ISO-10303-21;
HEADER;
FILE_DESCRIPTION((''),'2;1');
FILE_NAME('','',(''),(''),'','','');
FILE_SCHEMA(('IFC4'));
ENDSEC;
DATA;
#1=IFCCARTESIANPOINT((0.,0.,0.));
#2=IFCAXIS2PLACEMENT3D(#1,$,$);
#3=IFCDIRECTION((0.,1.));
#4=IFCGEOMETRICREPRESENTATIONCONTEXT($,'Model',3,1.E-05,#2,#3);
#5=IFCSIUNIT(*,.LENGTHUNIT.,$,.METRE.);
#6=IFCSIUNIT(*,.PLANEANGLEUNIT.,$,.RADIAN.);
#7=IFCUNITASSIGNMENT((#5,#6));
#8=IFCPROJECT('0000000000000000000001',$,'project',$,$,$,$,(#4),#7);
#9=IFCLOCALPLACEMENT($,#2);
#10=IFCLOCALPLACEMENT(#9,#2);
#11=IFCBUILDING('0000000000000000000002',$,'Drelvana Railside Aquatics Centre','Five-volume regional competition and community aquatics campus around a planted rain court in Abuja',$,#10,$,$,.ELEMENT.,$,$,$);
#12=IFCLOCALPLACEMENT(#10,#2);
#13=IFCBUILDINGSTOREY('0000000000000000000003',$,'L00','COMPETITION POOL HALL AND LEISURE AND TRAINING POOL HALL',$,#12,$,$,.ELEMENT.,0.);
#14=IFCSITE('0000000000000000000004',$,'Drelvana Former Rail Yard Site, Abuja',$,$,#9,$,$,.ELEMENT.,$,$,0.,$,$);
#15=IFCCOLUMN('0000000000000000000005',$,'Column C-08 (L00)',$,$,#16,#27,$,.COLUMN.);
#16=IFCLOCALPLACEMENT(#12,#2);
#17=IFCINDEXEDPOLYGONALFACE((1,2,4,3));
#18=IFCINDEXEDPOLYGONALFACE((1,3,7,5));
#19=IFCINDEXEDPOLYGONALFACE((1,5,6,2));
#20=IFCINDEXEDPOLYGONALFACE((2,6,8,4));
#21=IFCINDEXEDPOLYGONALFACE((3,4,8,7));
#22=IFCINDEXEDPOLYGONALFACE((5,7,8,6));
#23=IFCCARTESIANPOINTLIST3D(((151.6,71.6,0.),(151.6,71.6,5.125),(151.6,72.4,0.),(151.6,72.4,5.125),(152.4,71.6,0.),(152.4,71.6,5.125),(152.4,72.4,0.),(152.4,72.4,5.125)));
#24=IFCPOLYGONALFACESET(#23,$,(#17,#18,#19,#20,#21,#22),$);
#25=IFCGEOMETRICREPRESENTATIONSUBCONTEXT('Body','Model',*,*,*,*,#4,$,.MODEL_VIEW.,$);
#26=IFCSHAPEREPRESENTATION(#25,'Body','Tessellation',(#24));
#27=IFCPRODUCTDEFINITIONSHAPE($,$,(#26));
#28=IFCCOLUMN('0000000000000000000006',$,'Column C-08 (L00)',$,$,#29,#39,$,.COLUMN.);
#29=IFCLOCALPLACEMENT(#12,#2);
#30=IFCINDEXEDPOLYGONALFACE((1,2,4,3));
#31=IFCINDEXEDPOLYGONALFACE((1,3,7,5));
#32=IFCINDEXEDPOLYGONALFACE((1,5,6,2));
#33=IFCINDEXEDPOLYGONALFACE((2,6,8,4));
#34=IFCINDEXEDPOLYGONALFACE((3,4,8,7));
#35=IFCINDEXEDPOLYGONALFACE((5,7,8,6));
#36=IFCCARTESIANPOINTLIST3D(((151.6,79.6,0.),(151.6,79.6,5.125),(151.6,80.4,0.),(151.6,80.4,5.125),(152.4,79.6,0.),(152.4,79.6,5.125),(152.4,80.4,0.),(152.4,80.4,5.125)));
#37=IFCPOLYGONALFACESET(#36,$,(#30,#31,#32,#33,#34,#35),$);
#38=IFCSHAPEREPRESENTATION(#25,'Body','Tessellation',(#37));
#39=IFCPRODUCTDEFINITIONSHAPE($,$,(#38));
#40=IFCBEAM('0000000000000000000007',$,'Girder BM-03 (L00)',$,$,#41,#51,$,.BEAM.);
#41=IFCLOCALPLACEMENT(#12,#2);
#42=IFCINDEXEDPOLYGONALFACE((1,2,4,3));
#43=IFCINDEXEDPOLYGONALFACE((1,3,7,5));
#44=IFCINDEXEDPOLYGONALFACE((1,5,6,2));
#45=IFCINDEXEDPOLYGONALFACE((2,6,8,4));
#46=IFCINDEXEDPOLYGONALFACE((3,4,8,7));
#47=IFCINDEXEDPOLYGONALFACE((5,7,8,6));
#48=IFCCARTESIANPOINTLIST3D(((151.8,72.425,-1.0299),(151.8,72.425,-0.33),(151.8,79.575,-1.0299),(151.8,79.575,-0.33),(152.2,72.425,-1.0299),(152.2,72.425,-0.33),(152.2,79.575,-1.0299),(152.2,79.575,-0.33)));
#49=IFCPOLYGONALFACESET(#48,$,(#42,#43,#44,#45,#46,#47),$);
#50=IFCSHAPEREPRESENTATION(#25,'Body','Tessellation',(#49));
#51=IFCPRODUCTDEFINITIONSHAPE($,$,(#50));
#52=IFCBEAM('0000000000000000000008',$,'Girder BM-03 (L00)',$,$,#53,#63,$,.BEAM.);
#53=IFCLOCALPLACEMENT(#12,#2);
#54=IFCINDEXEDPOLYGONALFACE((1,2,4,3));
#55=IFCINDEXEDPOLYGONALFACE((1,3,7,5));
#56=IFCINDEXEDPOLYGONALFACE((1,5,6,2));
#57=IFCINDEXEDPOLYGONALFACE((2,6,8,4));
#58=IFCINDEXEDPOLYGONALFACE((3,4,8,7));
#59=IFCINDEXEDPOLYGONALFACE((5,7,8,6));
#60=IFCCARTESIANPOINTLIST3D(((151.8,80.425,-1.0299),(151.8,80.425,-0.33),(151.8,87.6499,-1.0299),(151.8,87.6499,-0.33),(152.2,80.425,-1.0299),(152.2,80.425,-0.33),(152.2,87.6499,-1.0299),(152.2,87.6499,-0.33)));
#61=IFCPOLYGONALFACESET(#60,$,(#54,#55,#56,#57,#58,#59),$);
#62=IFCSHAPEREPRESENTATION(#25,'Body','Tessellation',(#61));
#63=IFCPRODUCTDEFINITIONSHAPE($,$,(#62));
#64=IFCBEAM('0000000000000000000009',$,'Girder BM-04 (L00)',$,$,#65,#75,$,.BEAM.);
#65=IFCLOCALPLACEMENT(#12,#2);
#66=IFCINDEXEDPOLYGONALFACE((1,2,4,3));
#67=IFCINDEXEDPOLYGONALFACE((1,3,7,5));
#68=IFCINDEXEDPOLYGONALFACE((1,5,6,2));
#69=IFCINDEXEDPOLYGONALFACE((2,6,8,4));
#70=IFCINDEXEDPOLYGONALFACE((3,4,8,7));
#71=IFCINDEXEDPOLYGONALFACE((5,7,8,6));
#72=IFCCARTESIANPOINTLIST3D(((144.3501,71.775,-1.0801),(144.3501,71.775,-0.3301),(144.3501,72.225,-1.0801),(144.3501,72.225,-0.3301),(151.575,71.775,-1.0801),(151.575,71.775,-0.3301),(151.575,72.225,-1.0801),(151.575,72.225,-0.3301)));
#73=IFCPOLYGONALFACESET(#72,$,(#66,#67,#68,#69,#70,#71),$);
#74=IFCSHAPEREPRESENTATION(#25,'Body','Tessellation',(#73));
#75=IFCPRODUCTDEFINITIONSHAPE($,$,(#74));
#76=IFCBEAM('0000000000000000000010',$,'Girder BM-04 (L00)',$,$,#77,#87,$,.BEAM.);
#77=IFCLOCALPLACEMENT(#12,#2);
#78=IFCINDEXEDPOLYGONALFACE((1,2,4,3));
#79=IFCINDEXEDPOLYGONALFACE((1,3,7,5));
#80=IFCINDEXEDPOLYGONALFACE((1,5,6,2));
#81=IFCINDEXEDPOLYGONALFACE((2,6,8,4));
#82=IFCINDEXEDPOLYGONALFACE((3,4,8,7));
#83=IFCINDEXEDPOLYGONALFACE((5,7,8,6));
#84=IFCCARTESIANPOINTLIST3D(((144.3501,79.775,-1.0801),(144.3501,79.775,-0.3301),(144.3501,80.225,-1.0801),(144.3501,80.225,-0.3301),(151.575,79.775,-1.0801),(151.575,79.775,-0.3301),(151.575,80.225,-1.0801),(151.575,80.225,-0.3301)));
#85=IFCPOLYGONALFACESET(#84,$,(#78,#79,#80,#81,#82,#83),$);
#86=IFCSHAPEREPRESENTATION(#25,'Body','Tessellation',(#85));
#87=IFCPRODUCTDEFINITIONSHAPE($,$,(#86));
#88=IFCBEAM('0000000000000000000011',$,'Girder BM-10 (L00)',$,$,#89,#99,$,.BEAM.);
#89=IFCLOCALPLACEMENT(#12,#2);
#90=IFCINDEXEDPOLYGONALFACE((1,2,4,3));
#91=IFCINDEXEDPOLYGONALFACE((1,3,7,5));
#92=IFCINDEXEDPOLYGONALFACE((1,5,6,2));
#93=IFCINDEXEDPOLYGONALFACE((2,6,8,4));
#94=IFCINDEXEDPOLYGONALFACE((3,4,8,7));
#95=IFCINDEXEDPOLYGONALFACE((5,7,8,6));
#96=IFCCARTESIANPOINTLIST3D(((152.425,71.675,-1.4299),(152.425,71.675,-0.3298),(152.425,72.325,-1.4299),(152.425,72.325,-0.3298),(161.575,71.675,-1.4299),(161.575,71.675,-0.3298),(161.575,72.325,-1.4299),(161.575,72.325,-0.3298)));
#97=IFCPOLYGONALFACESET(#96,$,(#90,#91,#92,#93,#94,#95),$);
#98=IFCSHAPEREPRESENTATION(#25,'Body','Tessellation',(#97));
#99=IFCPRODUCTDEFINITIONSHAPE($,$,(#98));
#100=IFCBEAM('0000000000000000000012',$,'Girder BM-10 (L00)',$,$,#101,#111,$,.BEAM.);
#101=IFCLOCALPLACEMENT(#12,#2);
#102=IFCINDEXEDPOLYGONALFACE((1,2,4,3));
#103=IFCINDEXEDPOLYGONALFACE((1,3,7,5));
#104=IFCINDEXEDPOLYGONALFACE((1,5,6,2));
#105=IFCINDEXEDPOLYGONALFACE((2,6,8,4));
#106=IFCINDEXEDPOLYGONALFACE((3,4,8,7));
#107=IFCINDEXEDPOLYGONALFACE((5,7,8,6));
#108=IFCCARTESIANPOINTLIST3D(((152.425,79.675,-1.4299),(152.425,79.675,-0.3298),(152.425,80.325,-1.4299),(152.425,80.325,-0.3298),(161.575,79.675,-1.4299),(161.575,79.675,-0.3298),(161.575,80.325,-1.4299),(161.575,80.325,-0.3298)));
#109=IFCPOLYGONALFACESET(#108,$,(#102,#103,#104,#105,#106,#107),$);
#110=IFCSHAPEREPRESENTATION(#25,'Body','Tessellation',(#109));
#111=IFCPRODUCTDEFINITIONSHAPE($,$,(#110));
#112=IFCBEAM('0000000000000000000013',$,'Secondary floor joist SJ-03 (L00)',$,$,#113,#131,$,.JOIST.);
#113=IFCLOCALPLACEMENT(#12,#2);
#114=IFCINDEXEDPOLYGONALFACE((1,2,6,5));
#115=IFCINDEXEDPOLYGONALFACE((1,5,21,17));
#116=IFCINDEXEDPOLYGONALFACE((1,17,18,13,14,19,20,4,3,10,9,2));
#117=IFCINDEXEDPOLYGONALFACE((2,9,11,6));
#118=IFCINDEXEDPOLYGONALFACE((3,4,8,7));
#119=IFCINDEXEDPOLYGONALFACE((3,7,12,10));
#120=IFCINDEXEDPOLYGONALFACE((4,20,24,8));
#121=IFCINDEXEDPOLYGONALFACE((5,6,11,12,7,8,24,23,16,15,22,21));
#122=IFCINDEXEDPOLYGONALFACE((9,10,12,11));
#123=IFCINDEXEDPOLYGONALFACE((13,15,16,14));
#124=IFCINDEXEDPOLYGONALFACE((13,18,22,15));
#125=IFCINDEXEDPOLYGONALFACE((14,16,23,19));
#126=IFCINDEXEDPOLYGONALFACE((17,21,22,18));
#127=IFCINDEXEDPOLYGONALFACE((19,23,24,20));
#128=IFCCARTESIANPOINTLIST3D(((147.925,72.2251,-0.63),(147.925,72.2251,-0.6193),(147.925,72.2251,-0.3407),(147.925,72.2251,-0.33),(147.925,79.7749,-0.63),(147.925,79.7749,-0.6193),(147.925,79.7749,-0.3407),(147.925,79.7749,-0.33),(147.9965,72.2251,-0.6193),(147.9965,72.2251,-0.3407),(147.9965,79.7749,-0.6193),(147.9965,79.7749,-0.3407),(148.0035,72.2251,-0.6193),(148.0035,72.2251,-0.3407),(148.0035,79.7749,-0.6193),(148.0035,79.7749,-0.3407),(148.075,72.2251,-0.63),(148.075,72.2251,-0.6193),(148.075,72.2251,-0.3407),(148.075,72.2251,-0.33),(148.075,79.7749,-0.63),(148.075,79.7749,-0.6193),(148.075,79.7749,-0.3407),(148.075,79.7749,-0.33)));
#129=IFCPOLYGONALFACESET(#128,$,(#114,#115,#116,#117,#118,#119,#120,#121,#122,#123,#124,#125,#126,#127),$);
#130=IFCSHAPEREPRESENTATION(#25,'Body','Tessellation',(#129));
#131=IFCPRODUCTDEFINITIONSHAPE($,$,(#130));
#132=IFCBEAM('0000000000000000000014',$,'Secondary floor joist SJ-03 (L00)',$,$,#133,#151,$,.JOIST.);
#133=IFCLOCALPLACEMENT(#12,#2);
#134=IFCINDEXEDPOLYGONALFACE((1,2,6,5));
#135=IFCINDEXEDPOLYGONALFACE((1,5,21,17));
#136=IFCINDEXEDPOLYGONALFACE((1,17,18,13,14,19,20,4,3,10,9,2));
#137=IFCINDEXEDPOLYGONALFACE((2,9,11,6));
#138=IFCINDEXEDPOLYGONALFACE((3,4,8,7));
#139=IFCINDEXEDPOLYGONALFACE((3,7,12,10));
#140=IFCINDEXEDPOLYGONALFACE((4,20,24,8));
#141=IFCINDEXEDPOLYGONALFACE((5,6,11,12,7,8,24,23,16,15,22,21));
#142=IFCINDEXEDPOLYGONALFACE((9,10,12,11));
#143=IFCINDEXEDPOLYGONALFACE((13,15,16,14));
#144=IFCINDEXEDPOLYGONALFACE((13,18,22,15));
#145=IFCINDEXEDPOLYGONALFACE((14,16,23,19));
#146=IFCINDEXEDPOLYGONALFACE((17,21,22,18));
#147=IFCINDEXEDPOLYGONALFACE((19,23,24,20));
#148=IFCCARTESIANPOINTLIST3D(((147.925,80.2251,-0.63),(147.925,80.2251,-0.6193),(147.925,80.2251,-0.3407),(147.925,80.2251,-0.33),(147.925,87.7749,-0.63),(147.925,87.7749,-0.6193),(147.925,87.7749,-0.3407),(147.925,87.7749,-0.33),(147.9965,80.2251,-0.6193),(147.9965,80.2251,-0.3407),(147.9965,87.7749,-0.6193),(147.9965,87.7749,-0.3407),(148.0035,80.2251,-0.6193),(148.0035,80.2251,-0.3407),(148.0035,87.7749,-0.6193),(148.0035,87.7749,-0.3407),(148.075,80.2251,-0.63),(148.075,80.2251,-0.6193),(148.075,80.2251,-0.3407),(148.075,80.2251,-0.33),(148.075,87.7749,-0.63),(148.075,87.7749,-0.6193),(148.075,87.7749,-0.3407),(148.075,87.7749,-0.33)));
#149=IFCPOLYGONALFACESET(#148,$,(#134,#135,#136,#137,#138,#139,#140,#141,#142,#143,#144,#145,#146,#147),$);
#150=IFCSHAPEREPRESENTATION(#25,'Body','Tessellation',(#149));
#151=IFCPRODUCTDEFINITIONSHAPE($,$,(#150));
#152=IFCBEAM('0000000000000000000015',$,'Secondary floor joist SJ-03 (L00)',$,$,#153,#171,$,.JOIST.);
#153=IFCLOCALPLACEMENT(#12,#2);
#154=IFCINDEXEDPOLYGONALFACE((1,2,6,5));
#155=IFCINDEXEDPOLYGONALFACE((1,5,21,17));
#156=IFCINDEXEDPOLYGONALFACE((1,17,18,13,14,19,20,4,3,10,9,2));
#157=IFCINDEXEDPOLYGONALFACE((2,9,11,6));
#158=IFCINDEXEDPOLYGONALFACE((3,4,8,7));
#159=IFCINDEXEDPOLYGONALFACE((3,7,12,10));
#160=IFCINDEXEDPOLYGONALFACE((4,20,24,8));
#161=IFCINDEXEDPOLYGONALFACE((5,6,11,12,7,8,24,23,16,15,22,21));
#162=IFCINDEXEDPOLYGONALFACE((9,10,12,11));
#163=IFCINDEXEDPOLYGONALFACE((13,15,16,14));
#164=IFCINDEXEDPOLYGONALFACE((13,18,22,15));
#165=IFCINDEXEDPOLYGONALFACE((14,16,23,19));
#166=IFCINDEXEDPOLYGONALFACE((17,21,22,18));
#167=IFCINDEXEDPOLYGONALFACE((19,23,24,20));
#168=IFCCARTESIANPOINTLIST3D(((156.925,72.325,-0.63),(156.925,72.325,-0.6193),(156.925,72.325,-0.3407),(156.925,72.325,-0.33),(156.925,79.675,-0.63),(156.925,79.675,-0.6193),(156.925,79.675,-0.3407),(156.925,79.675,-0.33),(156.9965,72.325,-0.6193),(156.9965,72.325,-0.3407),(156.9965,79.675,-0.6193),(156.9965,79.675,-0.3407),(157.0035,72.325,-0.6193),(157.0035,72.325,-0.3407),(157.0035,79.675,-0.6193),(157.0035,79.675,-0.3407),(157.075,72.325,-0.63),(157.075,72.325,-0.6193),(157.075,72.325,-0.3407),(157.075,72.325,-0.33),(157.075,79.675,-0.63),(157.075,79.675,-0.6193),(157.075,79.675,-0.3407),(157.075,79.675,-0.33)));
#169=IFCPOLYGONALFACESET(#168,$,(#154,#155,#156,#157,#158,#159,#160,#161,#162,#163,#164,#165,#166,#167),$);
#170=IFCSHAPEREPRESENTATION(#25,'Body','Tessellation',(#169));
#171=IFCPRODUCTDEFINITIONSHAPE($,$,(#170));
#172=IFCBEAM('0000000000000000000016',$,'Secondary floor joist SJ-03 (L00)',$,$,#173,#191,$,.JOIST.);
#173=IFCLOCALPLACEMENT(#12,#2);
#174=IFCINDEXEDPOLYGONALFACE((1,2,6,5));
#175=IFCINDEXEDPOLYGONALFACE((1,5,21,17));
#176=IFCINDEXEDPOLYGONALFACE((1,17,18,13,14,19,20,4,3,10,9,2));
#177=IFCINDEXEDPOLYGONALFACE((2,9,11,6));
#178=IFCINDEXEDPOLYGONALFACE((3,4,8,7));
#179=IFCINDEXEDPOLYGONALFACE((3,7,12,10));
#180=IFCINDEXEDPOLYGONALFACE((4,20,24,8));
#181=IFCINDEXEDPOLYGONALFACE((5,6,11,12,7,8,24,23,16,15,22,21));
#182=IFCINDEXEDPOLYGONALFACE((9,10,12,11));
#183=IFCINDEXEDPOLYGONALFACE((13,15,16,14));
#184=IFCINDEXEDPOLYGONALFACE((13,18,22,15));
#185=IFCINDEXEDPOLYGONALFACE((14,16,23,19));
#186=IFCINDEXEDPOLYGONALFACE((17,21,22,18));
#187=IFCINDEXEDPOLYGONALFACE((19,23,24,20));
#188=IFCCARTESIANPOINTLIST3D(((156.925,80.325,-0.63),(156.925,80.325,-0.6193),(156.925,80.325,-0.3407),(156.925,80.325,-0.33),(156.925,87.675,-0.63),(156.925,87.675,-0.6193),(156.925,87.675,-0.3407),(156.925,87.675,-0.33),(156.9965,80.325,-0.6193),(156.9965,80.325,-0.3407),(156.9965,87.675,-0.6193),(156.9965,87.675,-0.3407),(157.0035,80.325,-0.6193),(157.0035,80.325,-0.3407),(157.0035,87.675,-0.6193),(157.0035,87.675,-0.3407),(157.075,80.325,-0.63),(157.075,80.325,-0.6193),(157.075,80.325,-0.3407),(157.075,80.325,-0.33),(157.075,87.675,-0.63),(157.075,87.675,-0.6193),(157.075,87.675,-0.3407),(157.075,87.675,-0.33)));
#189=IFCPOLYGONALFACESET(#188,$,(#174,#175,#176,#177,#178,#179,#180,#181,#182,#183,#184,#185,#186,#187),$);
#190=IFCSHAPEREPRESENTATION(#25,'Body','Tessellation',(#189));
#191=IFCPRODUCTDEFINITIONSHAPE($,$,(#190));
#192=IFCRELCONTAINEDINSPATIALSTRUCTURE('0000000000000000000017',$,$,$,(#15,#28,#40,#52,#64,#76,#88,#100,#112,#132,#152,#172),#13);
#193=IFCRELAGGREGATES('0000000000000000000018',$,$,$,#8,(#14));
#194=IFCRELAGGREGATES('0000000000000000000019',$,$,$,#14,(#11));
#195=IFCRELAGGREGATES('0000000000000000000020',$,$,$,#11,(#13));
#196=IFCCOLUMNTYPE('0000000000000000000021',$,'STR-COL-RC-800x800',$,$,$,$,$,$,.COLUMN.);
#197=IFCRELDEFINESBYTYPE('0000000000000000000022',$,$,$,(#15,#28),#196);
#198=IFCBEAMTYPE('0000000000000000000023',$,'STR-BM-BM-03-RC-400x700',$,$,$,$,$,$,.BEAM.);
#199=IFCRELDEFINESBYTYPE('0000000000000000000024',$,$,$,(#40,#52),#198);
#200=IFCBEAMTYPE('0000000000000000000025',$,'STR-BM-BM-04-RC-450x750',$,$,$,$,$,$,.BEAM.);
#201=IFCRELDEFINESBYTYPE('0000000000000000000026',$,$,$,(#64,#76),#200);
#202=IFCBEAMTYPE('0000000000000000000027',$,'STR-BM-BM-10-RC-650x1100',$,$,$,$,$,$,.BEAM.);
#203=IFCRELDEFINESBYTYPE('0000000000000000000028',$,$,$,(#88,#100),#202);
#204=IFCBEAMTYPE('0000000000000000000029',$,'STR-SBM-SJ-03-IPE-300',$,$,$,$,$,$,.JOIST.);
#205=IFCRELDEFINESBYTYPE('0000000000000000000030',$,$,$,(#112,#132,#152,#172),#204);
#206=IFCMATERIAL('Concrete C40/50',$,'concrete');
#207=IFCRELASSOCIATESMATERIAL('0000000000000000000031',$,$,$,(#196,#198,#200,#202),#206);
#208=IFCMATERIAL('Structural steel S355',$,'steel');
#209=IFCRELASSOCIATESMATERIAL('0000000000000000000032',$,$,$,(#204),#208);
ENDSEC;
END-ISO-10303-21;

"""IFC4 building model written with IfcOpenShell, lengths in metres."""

from ifc_helpers import new_model, si_unit, direction, frame, origin, origin_2d, place, context, subcontext, project, spatial, rectangle, i_section, extrude, material, material_profile, profile_set, type_object, element, save


model = new_model("IFC4")

# Units and contexts
model_context = context("Model", 3, precision=1e-05, world=origin(), true_north=direction((0.0, 1.0)))
body_context = subcontext(model_context, "Body", "Model", "MODEL_VIEW")
ifc_project = project(units=[si_unit("LENGTHUNIT", "METRE"), si_unit("PLANEANGLEUNIT", "RADIAN")], contexts=[model_context])

# Site, building, storey
site_placement = place(None, origin())
site = spatial("IfcSite", under=ifc_project, at=site_placement, Name="Drelvana Former Rail Yard Site, Abuja", CompositionType="ELEMENT", RefElevation=0.0)
building_placement = place(site_placement, origin())
building = spatial("IfcBuilding", under=site, at=building_placement, Name="Drelvana Railside Aquatics Centre", Description="Five-volume regional competition and community aquatics campus around a planted rain court in Abuja", CompositionType="ELEMENT")
storey_placement = place(building_placement, origin())
storey = spatial("IfcBuildingStorey", under=building, at=storey_placement, Name="L00", Description="COMPETITION POOL HALL AND LEISURE AND TRAINING POOL HALL", CompositionType="ELEMENT", Elevation=0.0)

# Columns
ifc_material_1 = material(Name="Concrete C40/50", Category="concrete")
ifc_material_profile_1 = material_profile(ifc_material_1, rectangle(XDim=0.8, YDim=0.8, at=origin_2d()), Name="RC 800x800")
ifc_profile_set_1 = profile_set([ifc_material_profile_1], Name="Concrete C40/50")
column_type = type_object("IfcColumnType", Name="STR-COL-RC-800x800", PredefinedType="COLUMN", material=ifc_profile_set_1)
for number, where, z_axis, x_axis, name in (
    (1, (152.0, 72.0, 0.0), (0.0, 0.0, 1.0), (1.0, 0.0, 0.0), "Column C-08 (L00)"),
    (2, (152.0, 80.0, 0.0), (0.0, 0.0, 1.0), (1.0, 0.0, 0.0), "Column C-08 (L00)"),
):
    element("IfcColumn", number, at=place(storey_placement, frame(where, z_axis=z_axis, x_axis=x_axis)), inside=storey, type_object=column_type, Name=name, PredefinedType="COLUMN", context=body_context, shape_type="SweptSolid", body=[
        extrude(rectangle(XDim=0.8, YDim=0.8, at=origin_2d()), origin(), (0.0, 0.0, 1.0), 5.125),
    ])

# Beams
ifc_material_profile_2 = material_profile(ifc_material_1, rectangle(XDim=0.3999, YDim=0.7, at=origin_2d()), Name="RC 400x700")
ifc_profile_set_2 = profile_set([ifc_material_profile_2], Name="Concrete C40/50")
beam_type_1 = type_object("IfcBeamType", Name="STR-BM-BM-03-RC-400x700", PredefinedType="BEAM", material=ifc_profile_set_2)
beam_1_placement = place(storey_placement, frame((152.0, 72.425, -0.6799), z_axis=(0.0, 1.0, 0.0), x_axis=(-1.0, 0.0, 0.0)))
element("IfcBeam", 3, at=beam_1_placement, inside=storey, type_object=beam_type_1, Name="Girder BM-03 (L00)", PredefinedType="BEAM", context=body_context, shape_type="SweptSolid", body=[
    extrude(rectangle(XDim=0.3999, YDim=0.7, at=origin_2d()), origin(), (0.0, 0.0, 1.0), 7.1499),
])
beam_2_placement = place(storey_placement, frame((152.0, 80.425, -0.6799), z_axis=(0.0, 1.0, 0.0), x_axis=(-1.0, 0.0, 0.0)))
element("IfcBeam", 4, at=beam_2_placement, inside=storey, type_object=beam_type_1, Name="Girder BM-03 (L00)", PredefinedType="BEAM", context=body_context, shape_type="SweptSolid", body=[
    extrude(rectangle(XDim=0.3999, YDim=0.7, at=origin_2d()), origin(), (0.0, 0.0, 1.0), 7.2249),
])
ifc_material_profile_3 = material_profile(ifc_material_1, rectangle(XDim=0.45, YDim=0.75, at=origin_2d()), Name="RC 450x750")
ifc_profile_set_3 = profile_set([ifc_material_profile_3], Name="Concrete C40/50")
beam_type_2 = type_object("IfcBeamType", Name="STR-BM-BM-04-RC-450x750", PredefinedType="BEAM", material=ifc_profile_set_3)
for number, where, z_axis, x_axis, name in (
    (5, (144.3501, 72.0, -0.7051), (1.0, 0.0, 0.0), (0.0, 1.0, 0.0), "Girder BM-04 (L00)"),
    (6, (144.3501, 80.0, -0.7051), (1.0, 0.0, 0.0), (0.0, 1.0, 0.0), "Girder BM-04 (L00)"),
):
    element("IfcBeam", number, at=place(storey_placement, frame(where, z_axis=z_axis, x_axis=x_axis)), inside=storey, type_object=beam_type_2, Name=name, PredefinedType="BEAM", context=body_context, shape_type="SweptSolid", body=[
        extrude(rectangle(XDim=0.45, YDim=0.75, at=origin_2d()), origin(), (0.0, 0.0, 1.0), 7.2249),
    ])
ifc_material_profile_4 = material_profile(ifc_material_1, rectangle(XDim=0.6499, YDim=1.1001, at=origin_2d()), Name="RC 650x1100")
ifc_profile_set_4 = profile_set([ifc_material_profile_4], Name="Concrete C40/50")
beam_type_3 = type_object("IfcBeamType", Name="STR-BM-BM-10-RC-650x1100", PredefinedType="BEAM", material=ifc_profile_set_4)
for number, where, z_axis, x_axis, name in (
    (7, (152.425, 72.0, -0.8799), (1.0, 0.0, 0.0), (0.0, 1.0, 0.0), "Girder BM-10 (L00)"),
    (8, (152.425, 80.0, -0.8799), (1.0, 0.0, 0.0), (0.0, 1.0, 0.0), "Girder BM-10 (L00)"),
):
    element("IfcBeam", number, at=place(storey_placement, frame(where, z_axis=z_axis, x_axis=x_axis)), inside=storey, type_object=beam_type_3, Name=name, PredefinedType="BEAM", context=body_context, shape_type="SweptSolid", body=[
        extrude(rectangle(XDim=0.6499, YDim=1.1001, at=origin_2d()), origin(), (0.0, 0.0, 1.0), 9.1499),
    ])
ifc_material_2 = material(Name="Structural steel S355", Category="steel")
ifc_material_profile_5 = material_profile(ifc_material_2, i_section(OverallWidth=0.1499, OverallDepth=0.3, WebThickness=0.0071, FlangeThickness=0.0107, at=origin_2d()), Name="IPE 300")
ifc_profile_set_5 = profile_set([ifc_material_profile_5], Name="Structural steel S355")
beam_type_4 = type_object("IfcBeamType", Name="STR-SBM-SJ-03-IPE-300", PredefinedType="JOIST", material=ifc_profile_set_5)
for number, where, z_axis, x_axis, name in (
    (9, (148.0, 72.2251, -0.48), (0.0, 1.0, 0.0), (-1.0, 0.0, 0.0), "Secondary floor joist SJ-03 (L00)"),
    (10, (148.0, 80.2251, -0.48), (0.0, 1.0, 0.0), (-1.0, 0.0, 0.0), "Secondary floor joist SJ-03 (L00)"),
):
    element("IfcBeam", number, at=place(storey_placement, frame(where, z_axis=z_axis, x_axis=x_axis)), inside=storey, type_object=beam_type_4, Name=name, PredefinedType="JOIST", context=body_context, shape_type="SweptSolid", body=[
        extrude(i_section(OverallWidth=0.1499, OverallDepth=0.3, WebThickness=0.0071, FlangeThickness=0.0107, at=origin_2d()), origin(), (0.0, 0.0, 1.0), 7.5498),
    ])
for number, where, z_axis, x_axis, name in (
    (11, (157.0, 72.325, -0.48), (0.0, 1.0, 0.0), (-1.0, 0.0, 0.0), "Secondary floor joist SJ-03 (L00)"),
    (12, (157.0, 80.325, -0.48), (0.0, 1.0, 0.0), (-1.0, 0.0, 0.0), "Secondary floor joist SJ-03 (L00)"),
):
    element("IfcBeam", number, at=place(storey_placement, frame(where, z_axis=z_axis, x_axis=x_axis)), inside=storey, type_object=beam_type_4, Name=name, PredefinedType="JOIST", context=body_context, shape_type="SweptSolid", body=[
        extrude(i_section(OverallWidth=0.1499, OverallDepth=0.3, WebThickness=0.0071, FlangeThickness=0.0107, at=origin_2d()), origin(), (0.0, 0.0, 1.0), 7.3501),
    ])

save(model, "model.ifc")
